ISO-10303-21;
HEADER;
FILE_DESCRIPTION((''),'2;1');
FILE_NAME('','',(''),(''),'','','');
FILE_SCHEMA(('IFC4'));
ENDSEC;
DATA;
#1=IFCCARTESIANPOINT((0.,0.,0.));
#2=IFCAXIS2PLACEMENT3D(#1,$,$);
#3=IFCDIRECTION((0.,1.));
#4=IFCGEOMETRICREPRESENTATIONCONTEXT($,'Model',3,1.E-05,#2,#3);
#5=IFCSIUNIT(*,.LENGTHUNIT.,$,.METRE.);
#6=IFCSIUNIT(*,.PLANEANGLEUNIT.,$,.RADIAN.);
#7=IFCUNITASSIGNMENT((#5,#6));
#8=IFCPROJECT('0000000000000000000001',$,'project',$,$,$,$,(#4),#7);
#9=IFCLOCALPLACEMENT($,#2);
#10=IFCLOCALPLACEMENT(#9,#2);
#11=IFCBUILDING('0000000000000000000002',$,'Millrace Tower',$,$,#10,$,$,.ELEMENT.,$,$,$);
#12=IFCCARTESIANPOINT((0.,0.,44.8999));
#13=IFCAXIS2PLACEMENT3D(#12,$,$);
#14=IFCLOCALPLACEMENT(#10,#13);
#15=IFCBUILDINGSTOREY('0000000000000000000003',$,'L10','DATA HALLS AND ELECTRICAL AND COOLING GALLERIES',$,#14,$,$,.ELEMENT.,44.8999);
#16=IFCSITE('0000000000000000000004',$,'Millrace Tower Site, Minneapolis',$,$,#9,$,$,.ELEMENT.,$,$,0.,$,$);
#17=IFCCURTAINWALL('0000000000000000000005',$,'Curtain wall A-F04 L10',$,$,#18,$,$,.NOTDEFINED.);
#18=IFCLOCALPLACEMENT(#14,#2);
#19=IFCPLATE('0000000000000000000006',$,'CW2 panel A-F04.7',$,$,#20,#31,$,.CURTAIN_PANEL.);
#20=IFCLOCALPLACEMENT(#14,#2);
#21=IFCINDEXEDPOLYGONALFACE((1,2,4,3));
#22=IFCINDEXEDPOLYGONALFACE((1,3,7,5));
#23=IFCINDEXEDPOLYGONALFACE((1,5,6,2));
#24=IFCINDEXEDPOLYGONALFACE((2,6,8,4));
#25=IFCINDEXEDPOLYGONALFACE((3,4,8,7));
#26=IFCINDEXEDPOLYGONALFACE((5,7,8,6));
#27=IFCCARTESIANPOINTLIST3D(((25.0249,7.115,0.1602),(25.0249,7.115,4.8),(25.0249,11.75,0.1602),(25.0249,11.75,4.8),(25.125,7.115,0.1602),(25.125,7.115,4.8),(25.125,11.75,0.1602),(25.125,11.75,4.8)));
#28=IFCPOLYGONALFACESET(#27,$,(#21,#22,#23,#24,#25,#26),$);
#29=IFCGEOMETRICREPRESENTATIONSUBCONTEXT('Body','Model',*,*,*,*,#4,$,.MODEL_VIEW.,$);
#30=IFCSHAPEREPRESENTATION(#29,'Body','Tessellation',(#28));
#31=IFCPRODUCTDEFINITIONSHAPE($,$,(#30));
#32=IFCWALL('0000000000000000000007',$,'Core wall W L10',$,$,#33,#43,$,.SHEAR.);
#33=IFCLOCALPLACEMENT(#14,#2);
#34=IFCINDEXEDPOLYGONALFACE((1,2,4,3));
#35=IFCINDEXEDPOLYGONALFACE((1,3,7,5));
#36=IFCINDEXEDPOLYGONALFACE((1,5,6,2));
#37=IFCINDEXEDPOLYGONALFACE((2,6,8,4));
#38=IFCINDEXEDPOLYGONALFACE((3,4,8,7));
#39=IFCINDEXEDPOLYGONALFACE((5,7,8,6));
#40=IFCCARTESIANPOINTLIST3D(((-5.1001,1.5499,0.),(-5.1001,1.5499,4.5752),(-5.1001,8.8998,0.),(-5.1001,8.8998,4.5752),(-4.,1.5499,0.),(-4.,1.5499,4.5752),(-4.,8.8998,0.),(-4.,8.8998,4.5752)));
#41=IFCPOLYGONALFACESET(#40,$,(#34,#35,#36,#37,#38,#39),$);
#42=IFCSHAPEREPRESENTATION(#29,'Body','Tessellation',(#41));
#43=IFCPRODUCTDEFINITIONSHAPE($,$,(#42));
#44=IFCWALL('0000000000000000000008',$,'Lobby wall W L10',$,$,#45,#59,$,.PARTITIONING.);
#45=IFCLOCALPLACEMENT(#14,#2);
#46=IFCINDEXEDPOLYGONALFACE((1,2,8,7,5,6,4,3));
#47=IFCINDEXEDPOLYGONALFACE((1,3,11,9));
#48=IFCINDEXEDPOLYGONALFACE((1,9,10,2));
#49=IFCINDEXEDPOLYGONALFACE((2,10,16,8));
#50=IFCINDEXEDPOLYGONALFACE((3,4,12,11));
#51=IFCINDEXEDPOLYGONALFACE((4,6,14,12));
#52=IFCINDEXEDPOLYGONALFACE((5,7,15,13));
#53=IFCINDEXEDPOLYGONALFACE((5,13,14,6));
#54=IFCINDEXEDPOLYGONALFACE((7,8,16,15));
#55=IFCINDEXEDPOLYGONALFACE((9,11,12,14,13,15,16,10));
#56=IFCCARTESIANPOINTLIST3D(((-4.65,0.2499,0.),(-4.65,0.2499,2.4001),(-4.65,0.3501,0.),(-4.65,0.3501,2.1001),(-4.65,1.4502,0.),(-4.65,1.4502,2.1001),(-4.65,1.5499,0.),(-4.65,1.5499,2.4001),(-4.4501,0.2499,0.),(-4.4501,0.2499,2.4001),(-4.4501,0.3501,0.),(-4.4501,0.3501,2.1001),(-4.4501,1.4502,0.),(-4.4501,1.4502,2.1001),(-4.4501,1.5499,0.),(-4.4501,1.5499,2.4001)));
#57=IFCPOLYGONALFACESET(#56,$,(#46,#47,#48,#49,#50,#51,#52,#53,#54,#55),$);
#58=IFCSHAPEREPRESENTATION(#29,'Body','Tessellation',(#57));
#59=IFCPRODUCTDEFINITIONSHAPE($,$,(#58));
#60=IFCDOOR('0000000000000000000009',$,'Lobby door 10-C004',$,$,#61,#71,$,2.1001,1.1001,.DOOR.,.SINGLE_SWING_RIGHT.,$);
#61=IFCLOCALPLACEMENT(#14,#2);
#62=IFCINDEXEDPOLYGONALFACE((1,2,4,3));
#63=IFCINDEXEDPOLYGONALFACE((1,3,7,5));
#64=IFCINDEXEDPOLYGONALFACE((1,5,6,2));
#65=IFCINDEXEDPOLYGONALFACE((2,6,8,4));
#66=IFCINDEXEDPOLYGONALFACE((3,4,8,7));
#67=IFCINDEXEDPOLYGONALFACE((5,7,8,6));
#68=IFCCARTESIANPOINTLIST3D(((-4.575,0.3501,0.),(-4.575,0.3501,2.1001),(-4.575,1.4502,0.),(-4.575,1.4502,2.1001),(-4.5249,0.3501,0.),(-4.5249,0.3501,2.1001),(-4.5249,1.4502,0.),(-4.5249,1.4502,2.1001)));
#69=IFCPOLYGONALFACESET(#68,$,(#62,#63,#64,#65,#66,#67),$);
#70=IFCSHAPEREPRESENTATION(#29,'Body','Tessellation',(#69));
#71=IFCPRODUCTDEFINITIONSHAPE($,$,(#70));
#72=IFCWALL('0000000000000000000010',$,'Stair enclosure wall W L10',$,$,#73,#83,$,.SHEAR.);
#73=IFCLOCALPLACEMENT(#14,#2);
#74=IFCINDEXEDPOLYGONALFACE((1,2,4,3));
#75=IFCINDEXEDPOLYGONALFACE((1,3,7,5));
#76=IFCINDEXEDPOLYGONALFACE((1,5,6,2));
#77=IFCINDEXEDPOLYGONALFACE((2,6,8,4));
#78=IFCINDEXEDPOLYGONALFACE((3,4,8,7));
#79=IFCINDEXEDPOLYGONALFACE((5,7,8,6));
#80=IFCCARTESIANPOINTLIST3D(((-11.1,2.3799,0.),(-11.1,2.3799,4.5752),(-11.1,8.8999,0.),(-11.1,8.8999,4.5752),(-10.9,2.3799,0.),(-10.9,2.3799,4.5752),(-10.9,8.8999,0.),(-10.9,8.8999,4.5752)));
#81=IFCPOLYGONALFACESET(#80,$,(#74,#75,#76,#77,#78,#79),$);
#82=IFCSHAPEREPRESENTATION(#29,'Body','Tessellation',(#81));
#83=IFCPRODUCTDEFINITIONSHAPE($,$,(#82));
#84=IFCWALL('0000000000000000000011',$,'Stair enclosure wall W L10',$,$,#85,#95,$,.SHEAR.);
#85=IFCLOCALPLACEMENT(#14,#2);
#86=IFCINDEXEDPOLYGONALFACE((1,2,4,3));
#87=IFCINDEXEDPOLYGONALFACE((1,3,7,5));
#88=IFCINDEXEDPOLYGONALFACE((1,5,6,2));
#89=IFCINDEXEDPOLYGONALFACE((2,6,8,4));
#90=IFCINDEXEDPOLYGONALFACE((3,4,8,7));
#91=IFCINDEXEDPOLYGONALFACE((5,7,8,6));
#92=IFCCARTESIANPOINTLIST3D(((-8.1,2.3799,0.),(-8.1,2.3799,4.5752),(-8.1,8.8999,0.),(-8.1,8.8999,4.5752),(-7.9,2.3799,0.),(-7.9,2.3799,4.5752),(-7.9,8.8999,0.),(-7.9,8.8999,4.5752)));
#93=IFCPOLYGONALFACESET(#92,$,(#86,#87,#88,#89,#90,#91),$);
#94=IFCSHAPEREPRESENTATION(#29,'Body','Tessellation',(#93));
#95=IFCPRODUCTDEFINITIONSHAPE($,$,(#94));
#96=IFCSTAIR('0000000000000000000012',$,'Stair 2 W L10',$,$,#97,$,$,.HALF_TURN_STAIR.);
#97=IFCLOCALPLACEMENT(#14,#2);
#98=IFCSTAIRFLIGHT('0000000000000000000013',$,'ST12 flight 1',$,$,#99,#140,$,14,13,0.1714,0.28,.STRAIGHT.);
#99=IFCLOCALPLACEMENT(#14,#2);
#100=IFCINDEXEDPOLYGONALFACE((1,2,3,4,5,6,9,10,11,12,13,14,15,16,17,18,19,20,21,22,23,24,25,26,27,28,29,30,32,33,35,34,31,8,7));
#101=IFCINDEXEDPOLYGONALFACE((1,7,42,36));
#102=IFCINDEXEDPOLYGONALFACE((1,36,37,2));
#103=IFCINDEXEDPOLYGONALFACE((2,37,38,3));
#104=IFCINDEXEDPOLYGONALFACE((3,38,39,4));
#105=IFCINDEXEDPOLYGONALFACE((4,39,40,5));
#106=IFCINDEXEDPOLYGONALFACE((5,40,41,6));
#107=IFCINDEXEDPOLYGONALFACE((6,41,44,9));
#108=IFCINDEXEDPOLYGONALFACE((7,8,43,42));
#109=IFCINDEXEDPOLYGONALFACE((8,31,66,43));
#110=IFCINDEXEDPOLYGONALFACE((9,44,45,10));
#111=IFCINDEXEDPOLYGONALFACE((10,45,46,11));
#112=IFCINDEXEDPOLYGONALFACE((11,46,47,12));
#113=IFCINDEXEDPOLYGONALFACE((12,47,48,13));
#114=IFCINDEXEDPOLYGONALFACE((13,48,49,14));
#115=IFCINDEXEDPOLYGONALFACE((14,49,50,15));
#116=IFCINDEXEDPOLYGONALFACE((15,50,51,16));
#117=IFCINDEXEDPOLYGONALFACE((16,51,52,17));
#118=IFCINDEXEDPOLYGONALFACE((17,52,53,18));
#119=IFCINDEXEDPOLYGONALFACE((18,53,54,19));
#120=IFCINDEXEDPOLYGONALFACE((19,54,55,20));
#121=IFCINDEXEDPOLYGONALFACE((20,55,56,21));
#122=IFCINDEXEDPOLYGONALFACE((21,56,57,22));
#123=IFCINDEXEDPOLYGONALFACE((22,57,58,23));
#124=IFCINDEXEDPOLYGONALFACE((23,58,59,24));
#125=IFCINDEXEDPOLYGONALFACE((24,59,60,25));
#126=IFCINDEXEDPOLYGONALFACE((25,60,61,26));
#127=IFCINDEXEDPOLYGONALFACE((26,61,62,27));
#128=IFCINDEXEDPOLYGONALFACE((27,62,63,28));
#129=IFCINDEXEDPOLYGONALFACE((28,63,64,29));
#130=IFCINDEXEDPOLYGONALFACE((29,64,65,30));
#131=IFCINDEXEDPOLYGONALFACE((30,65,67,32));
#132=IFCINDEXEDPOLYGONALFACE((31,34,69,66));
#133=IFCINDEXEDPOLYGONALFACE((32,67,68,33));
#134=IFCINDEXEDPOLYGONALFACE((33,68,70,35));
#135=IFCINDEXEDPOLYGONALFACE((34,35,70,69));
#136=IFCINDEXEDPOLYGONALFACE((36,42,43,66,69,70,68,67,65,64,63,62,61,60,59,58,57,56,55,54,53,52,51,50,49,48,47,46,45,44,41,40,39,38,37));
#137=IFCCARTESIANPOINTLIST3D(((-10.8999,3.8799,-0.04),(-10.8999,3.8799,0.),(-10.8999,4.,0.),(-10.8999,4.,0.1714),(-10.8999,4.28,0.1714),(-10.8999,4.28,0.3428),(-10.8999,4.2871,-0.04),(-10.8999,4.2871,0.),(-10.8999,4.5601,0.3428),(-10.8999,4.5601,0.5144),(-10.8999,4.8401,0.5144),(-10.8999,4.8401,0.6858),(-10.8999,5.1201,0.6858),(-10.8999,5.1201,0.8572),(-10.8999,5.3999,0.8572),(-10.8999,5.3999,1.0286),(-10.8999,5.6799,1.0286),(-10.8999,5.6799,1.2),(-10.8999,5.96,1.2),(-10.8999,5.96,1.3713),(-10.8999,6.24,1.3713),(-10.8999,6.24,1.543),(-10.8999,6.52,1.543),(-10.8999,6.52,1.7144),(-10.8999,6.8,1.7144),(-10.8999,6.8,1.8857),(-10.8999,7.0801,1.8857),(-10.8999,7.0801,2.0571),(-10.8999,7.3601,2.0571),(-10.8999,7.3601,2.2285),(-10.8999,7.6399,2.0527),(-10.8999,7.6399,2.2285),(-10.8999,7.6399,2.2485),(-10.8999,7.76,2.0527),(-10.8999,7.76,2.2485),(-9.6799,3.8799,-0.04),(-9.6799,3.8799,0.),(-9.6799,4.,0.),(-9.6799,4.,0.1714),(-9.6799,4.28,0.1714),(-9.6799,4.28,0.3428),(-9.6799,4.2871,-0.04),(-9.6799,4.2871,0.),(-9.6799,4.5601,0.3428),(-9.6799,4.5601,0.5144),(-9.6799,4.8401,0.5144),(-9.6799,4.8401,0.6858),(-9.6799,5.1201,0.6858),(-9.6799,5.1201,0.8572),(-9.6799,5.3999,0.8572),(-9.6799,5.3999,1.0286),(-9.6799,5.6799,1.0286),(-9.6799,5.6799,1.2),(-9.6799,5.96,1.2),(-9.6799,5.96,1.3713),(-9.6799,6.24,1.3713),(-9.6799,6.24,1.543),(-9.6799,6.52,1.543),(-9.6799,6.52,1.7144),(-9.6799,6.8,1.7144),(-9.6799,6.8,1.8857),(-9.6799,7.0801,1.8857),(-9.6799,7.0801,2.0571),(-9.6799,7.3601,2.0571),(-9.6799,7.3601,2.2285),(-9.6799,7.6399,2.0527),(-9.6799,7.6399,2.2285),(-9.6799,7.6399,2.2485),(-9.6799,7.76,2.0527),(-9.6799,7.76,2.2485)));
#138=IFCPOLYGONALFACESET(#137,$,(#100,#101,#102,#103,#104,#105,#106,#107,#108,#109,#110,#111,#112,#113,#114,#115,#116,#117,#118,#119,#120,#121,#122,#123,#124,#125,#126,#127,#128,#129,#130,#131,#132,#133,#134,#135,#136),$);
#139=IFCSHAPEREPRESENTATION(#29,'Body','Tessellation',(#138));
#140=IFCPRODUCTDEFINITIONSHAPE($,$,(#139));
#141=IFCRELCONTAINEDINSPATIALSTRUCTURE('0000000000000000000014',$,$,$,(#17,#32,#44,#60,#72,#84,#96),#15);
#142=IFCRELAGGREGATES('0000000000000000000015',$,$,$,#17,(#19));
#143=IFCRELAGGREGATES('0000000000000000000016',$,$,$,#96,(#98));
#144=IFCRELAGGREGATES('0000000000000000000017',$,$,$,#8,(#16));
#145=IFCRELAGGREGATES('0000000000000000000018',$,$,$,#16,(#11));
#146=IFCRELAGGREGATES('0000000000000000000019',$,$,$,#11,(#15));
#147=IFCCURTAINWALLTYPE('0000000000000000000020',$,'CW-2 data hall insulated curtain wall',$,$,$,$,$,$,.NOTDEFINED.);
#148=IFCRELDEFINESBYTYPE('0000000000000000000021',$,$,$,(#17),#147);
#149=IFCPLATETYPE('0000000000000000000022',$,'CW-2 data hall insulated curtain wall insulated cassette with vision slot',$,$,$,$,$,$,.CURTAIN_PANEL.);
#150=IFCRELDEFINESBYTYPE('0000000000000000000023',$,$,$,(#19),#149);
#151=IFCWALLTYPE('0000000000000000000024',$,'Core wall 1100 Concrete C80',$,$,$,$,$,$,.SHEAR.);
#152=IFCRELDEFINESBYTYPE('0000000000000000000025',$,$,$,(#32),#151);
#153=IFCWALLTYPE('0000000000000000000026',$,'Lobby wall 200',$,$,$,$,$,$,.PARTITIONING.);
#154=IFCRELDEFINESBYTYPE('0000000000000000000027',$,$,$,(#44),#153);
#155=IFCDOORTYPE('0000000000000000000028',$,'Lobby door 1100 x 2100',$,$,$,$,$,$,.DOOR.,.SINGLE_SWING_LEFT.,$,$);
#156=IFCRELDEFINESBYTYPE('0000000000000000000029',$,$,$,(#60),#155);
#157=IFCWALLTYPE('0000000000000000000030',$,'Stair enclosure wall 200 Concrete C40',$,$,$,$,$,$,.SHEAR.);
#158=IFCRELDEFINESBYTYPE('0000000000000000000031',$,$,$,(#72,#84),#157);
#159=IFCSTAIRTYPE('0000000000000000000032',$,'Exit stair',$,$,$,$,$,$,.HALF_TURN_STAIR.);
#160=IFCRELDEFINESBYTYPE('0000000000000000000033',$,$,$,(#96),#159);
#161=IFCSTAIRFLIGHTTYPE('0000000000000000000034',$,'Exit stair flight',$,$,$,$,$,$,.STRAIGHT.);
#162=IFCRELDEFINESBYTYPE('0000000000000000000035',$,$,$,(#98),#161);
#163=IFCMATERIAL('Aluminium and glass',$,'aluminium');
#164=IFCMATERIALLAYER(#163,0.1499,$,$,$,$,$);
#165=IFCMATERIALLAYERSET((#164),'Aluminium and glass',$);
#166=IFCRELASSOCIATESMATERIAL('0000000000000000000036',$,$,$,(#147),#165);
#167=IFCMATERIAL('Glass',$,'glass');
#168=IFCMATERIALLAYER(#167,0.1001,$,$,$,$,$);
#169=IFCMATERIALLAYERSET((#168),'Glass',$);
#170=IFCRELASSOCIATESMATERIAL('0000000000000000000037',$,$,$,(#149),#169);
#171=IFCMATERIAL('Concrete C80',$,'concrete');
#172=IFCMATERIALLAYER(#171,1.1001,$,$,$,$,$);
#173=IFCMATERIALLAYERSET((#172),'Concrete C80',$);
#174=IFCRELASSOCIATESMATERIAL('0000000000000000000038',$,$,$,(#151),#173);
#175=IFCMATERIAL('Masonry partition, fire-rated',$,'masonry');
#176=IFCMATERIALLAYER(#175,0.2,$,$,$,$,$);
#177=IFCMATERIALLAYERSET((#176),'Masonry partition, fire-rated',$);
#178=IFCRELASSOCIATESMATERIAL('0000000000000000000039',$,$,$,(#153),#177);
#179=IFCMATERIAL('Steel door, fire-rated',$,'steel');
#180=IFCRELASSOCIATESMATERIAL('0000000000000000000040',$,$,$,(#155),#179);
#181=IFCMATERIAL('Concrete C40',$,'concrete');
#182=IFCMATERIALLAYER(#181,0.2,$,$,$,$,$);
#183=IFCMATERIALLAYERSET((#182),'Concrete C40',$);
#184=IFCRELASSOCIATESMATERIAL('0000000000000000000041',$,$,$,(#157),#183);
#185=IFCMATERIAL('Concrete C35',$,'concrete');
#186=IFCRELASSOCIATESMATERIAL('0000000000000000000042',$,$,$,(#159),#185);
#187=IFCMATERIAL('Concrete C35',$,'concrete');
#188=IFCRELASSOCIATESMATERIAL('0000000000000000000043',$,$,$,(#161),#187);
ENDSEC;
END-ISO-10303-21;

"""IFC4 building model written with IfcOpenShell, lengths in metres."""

from ifc_helpers import new_model, si_unit, direction, frame, frame_2d, origin, place, context, subcontext, project, spatial, polyline, rectangle, outline, extrude, material, layer, layer_set, type_object, element, fill, aggregate, save


model = new_model("IFC4")

# Units and contexts
model_context = context("Model", 3, precision=1e-05, world=origin(), true_north=direction((0.0, 1.0)))
body_context = subcontext(model_context, "Body", "Model", "MODEL_VIEW")
ifc_project = project(units=[si_unit("LENGTHUNIT", "METRE"), si_unit("PLANEANGLEUNIT", "RADIAN")], contexts=[model_context])

# Site, building, storey
site_placement = place(None, origin())
site = spatial("IfcSite", under=ifc_project, at=site_placement, Name="Millrace Tower Site, Minneapolis", CompositionType="ELEMENT", RefElevation=0.0)
building_placement = place(site_placement, origin())
building = spatial("IfcBuilding", under=site, at=building_placement, Name="Millrace Tower", CompositionType="ELEMENT")
storey_placement = place(building_placement, frame((0.0, 0.0, 44.8999)))
storey = spatial("IfcBuildingStorey", under=building, at=storey_placement, Name="L10", Description="DATA HALLS AND ELECTRICAL AND COOLING GALLERIES", CompositionType="ELEMENT", Elevation=44.8999)

# Shared definitions
ifc_material_1 = material(Name="Aluminium and glass", Category="aluminium")
ifc_layer_1 = layer(ifc_material_1, 0.1499)
ifc_layer_set_1 = layer_set([ifc_layer_1], Name="Aluminium and glass")
curtain_wall_type = type_object("IfcCurtainWallType", Name="CW-2 data hall insulated curtain wall", PredefinedType="NOTDEFINED", material=ifc_layer_set_1)
placement_1 = place(storey_placement, origin())
ifc_material_2 = material(Name="Glass", Category="glass")
ifc_layer_2 = layer(ifc_material_2, 0.1001)
ifc_layer_set_2 = layer_set([ifc_layer_2], Name="Glass")
plate_type = type_object("IfcPlateType", Name="CW-2 data hall insulated curtain wall insulated cassette with vision slot", PredefinedType="CURTAIN_PANEL", material=ifc_layer_set_2)
placement_2 = place(storey_placement, frame((0.0, 0.0, 0.1602)))

# Curtain wall, plate
curtain_wall_1 = element("IfcCurtainWall", 1, at=placement_1, inside=storey, type_object=curtain_wall_type, Name="Curtain wall A-F04 L10", PredefinedType="NOTDEFINED")
plate_1 = element("IfcPlate", 2, at=placement_2, type_object=plate_type, Name="CW2 panel A-F04.7", PredefinedType="CURTAIN_PANEL", context=body_context, shape_type="SweptSolid", body=[
    extrude(outline(polyline([(25.125, 7.115), (25.125, 11.75), (25.0249, 11.75), (25.0249, 7.115), (25.125, 7.115)])), origin(), (0.0, 0.0, 1.0), 4.6399),
])
aggregate(curtain_wall_1, [plate_1])

# Wall
ifc_material_3 = material(Name="Concrete C80", Category="concrete")
ifc_layer_3 = layer(ifc_material_3, 1.1001)
ifc_layer_set_3 = layer_set([ifc_layer_3], Name="Concrete C80")
wall_type_1 = type_object("IfcWallType", Name="Core wall 1100 Concrete C80", PredefinedType="SHEAR", material=ifc_layer_set_3)
wall_1_placement = place(storey_placement, frame((-4.55, 1.55, 0.0), z_axis=(0.0, 0.0, 1.0), x_axis=(0.0, 1.0, 0.0)))
element("IfcWall", 3, at=wall_1_placement, inside=storey, type_object=wall_type_1, Name="Core wall W L10", PredefinedType="SHEAR", context=body_context, shape_type="SweptSolid", body=[
    extrude(rectangle(XDim=7.3499, YDim=1.1001, at=frame_2d((3.6748, 0.0))), origin(), (0.0, 0.0, 1.0), 4.5752),
])

# Wall, opening, door
ifc_material_4 = material(Name="Masonry partition, fire-rated", Category="masonry")
ifc_layer_4 = layer(ifc_material_4, 0.2)
ifc_layer_set_4 = layer_set([ifc_layer_4], Name="Masonry partition, fire-rated")
wall_type_2 = type_object("IfcWallType", Name="Lobby wall 200", PredefinedType="PARTITIONING", material=ifc_layer_set_4)
wall_2_placement = place(storey_placement, frame((-4.55, 0.25, 0.0), z_axis=(0.0, 0.0, 1.0), x_axis=(0.0, 1.0, 0.0)))
wall_2 = element("IfcWall", 4, at=wall_2_placement, inside=storey, type_object=wall_type_2, Name="Lobby wall W L10", PredefinedType="PARTITIONING", context=body_context, shape_type="SweptSolid", body=[
    extrude(rectangle(XDim=1.3, YDim=0.2, at=frame_2d((0.6499, 0.0))), origin(), (0.0, 0.0, 1.0), 2.4001),
])
opening_placement = place(wall_2_placement, frame((0.1001, 0.0, 0.0)))
opening = element("IfcOpeningElement", 5, at=opening_placement, cuts=wall_2, PredefinedType="OPENING", context=body_context, shape_type="SweptSolid", body=[
    extrude(rectangle(XDim=1.1001, YDim=2.1001, at=frame_2d((0.55, 1.05))), frame((0.0, 0.1099, 0.0), z_axis=(0.0, -1.0, 0.0), x_axis=(1.0, 0.0, 0.0)), (0.0, 0.0, 1.0), 0.22),
])
ifc_material_5 = material(Name="Steel door, fire-rated", Category="steel")
door_type = type_object("IfcDoorType", Name="Lobby door 1100 x 2100", OperationType="SINGLE_SWING_LEFT", PredefinedType="DOOR", material=ifc_material_5)
door_placement = place(opening_placement, origin())
door = element("IfcDoor", 6, at=door_placement, inside=storey, type_object=door_type, Name="Lobby door 10-C004", OperationType="SINGLE_SWING_RIGHT", OverallHeight=2.1001, OverallWidth=1.1001, PredefinedType="DOOR", context=body_context, shape_type="SweptSolid", body=[
    extrude(rectangle(XDim=1.1001, YDim=2.1001, at=frame_2d((0.55, 1.05))), frame((0.0, 0.0249, 0.0), z_axis=(0.0, -1.0, 0.0), x_axis=(1.0, 0.0, 0.0)), (0.0, 0.0, 1.0), 0.05),
])
fill(opening, door)

# Walls
ifc_material_6 = material(Name="Concrete C40", Category="concrete")
ifc_layer_5 = layer(ifc_material_6, 0.2)
ifc_layer_set_5 = layer_set([ifc_layer_5], Name="Concrete C40")
wall_type_3 = type_object("IfcWallType", Name="Stair enclosure wall 200 Concrete C40", PredefinedType="SHEAR", material=ifc_layer_set_5)
for number, where, z_axis, x_axis, name in (
    (7, (-11.0, 2.3799, 0.0), (0.0, 0.0, 1.0), (0.0, 1.0, 0.0), "Stair enclosure wall W L10"),
    (8, (-8.0, 2.3799, 0.0), (0.0, 0.0, 1.0), (0.0, 1.0, 0.0), "Stair enclosure wall W L10"),
):
    element("IfcWall", number, at=place(storey_placement, frame(where, z_axis=z_axis, x_axis=x_axis)), inside=storey, type_object=wall_type_3, Name=name, PredefinedType="SHEAR", context=body_context, shape_type="SweptSolid", body=[
        extrude(rectangle(XDim=6.52, YDim=0.2, at=frame_2d((3.26, 0.0))), origin(), (0.0, 0.0, 1.0), 4.5752),
    ])

# Stair, stair flight
ifc_material_7 = material(Name="Concrete C35", Category="concrete")
stair_type = type_object("IfcStairType", Name="Exit stair", PredefinedType="HALF_TURN_STAIR", material=ifc_material_7)
stair_1 = element("IfcStair", 9, at=placement_1, inside=storey, type_object=stair_type, Name="Stair 2 W L10", PredefinedType="HALF_TURN_STAIR")
ifc_material_8 = material(Name="Concrete C35", Category="concrete")
stair_flight_type = type_object("IfcStairFlightType", Name="Exit stair flight", PredefinedType="STRAIGHT", material=ifc_material_8)
stair_flight_1_placement = place(storey_placement, frame((-10.29, 4.0, 0.0), z_axis=(0.0, 0.0, 1.0), x_axis=(0.0, 1.0, 0.0)))
stair_flight_1 = element("IfcStairFlight", 10, at=stair_flight_1_placement, type_object=stair_flight_type, Name="ST12 flight 1", NumberOfRisers=14, NumberOfTreads=13, PredefinedType="STRAIGHT", RiserHeight=0.1714, TreadLength=0.28, context=body_context, shape_type="SweptSolid", body=[
    extrude(outline(polyline([(-0.1201, -0.04), (-0.1201, 0.0), (0.0, 0.0), (0.0, 0.1714), (0.28, 0.1714), (0.28, 0.3428), (0.5601, 0.3428), (0.5601, 0.5144), (0.8401, 0.5144), (0.8401, 0.6858), (1.1201, 0.6858), (1.1201, 0.8572), (1.3999, 0.8572), (1.3999, 1.0286), (1.6799, 1.0286), (1.6799, 1.2), (1.96, 1.2), (1.96, 1.3713), (2.24, 1.3713), (2.24, 1.543), (2.52, 1.543), (2.52, 1.7144), (2.8, 1.7144), (2.8, 1.8857), (3.0801, 1.8857), (3.0801, 2.0571), (3.3601, 2.0571), (3.3601, 2.2285), (3.6399, 2.2285), (3.6399, 2.2485), (3.76, 2.2485), (3.76, 2.0527), (3.6399, 2.0527), (0.2871, 0.0), (0.2871, -0.04), (-0.1201, -0.04)])), frame((0.0, 0.6099, 0.0), z_axis=(0.0, -1.0, 0.0), x_axis=(1.0, 0.0, 0.0)), (0.0, 0.0, 1.0), 1.22),
])
aggregate(stair_1, [stair_flight_1])

save(model, "model.ifc")
